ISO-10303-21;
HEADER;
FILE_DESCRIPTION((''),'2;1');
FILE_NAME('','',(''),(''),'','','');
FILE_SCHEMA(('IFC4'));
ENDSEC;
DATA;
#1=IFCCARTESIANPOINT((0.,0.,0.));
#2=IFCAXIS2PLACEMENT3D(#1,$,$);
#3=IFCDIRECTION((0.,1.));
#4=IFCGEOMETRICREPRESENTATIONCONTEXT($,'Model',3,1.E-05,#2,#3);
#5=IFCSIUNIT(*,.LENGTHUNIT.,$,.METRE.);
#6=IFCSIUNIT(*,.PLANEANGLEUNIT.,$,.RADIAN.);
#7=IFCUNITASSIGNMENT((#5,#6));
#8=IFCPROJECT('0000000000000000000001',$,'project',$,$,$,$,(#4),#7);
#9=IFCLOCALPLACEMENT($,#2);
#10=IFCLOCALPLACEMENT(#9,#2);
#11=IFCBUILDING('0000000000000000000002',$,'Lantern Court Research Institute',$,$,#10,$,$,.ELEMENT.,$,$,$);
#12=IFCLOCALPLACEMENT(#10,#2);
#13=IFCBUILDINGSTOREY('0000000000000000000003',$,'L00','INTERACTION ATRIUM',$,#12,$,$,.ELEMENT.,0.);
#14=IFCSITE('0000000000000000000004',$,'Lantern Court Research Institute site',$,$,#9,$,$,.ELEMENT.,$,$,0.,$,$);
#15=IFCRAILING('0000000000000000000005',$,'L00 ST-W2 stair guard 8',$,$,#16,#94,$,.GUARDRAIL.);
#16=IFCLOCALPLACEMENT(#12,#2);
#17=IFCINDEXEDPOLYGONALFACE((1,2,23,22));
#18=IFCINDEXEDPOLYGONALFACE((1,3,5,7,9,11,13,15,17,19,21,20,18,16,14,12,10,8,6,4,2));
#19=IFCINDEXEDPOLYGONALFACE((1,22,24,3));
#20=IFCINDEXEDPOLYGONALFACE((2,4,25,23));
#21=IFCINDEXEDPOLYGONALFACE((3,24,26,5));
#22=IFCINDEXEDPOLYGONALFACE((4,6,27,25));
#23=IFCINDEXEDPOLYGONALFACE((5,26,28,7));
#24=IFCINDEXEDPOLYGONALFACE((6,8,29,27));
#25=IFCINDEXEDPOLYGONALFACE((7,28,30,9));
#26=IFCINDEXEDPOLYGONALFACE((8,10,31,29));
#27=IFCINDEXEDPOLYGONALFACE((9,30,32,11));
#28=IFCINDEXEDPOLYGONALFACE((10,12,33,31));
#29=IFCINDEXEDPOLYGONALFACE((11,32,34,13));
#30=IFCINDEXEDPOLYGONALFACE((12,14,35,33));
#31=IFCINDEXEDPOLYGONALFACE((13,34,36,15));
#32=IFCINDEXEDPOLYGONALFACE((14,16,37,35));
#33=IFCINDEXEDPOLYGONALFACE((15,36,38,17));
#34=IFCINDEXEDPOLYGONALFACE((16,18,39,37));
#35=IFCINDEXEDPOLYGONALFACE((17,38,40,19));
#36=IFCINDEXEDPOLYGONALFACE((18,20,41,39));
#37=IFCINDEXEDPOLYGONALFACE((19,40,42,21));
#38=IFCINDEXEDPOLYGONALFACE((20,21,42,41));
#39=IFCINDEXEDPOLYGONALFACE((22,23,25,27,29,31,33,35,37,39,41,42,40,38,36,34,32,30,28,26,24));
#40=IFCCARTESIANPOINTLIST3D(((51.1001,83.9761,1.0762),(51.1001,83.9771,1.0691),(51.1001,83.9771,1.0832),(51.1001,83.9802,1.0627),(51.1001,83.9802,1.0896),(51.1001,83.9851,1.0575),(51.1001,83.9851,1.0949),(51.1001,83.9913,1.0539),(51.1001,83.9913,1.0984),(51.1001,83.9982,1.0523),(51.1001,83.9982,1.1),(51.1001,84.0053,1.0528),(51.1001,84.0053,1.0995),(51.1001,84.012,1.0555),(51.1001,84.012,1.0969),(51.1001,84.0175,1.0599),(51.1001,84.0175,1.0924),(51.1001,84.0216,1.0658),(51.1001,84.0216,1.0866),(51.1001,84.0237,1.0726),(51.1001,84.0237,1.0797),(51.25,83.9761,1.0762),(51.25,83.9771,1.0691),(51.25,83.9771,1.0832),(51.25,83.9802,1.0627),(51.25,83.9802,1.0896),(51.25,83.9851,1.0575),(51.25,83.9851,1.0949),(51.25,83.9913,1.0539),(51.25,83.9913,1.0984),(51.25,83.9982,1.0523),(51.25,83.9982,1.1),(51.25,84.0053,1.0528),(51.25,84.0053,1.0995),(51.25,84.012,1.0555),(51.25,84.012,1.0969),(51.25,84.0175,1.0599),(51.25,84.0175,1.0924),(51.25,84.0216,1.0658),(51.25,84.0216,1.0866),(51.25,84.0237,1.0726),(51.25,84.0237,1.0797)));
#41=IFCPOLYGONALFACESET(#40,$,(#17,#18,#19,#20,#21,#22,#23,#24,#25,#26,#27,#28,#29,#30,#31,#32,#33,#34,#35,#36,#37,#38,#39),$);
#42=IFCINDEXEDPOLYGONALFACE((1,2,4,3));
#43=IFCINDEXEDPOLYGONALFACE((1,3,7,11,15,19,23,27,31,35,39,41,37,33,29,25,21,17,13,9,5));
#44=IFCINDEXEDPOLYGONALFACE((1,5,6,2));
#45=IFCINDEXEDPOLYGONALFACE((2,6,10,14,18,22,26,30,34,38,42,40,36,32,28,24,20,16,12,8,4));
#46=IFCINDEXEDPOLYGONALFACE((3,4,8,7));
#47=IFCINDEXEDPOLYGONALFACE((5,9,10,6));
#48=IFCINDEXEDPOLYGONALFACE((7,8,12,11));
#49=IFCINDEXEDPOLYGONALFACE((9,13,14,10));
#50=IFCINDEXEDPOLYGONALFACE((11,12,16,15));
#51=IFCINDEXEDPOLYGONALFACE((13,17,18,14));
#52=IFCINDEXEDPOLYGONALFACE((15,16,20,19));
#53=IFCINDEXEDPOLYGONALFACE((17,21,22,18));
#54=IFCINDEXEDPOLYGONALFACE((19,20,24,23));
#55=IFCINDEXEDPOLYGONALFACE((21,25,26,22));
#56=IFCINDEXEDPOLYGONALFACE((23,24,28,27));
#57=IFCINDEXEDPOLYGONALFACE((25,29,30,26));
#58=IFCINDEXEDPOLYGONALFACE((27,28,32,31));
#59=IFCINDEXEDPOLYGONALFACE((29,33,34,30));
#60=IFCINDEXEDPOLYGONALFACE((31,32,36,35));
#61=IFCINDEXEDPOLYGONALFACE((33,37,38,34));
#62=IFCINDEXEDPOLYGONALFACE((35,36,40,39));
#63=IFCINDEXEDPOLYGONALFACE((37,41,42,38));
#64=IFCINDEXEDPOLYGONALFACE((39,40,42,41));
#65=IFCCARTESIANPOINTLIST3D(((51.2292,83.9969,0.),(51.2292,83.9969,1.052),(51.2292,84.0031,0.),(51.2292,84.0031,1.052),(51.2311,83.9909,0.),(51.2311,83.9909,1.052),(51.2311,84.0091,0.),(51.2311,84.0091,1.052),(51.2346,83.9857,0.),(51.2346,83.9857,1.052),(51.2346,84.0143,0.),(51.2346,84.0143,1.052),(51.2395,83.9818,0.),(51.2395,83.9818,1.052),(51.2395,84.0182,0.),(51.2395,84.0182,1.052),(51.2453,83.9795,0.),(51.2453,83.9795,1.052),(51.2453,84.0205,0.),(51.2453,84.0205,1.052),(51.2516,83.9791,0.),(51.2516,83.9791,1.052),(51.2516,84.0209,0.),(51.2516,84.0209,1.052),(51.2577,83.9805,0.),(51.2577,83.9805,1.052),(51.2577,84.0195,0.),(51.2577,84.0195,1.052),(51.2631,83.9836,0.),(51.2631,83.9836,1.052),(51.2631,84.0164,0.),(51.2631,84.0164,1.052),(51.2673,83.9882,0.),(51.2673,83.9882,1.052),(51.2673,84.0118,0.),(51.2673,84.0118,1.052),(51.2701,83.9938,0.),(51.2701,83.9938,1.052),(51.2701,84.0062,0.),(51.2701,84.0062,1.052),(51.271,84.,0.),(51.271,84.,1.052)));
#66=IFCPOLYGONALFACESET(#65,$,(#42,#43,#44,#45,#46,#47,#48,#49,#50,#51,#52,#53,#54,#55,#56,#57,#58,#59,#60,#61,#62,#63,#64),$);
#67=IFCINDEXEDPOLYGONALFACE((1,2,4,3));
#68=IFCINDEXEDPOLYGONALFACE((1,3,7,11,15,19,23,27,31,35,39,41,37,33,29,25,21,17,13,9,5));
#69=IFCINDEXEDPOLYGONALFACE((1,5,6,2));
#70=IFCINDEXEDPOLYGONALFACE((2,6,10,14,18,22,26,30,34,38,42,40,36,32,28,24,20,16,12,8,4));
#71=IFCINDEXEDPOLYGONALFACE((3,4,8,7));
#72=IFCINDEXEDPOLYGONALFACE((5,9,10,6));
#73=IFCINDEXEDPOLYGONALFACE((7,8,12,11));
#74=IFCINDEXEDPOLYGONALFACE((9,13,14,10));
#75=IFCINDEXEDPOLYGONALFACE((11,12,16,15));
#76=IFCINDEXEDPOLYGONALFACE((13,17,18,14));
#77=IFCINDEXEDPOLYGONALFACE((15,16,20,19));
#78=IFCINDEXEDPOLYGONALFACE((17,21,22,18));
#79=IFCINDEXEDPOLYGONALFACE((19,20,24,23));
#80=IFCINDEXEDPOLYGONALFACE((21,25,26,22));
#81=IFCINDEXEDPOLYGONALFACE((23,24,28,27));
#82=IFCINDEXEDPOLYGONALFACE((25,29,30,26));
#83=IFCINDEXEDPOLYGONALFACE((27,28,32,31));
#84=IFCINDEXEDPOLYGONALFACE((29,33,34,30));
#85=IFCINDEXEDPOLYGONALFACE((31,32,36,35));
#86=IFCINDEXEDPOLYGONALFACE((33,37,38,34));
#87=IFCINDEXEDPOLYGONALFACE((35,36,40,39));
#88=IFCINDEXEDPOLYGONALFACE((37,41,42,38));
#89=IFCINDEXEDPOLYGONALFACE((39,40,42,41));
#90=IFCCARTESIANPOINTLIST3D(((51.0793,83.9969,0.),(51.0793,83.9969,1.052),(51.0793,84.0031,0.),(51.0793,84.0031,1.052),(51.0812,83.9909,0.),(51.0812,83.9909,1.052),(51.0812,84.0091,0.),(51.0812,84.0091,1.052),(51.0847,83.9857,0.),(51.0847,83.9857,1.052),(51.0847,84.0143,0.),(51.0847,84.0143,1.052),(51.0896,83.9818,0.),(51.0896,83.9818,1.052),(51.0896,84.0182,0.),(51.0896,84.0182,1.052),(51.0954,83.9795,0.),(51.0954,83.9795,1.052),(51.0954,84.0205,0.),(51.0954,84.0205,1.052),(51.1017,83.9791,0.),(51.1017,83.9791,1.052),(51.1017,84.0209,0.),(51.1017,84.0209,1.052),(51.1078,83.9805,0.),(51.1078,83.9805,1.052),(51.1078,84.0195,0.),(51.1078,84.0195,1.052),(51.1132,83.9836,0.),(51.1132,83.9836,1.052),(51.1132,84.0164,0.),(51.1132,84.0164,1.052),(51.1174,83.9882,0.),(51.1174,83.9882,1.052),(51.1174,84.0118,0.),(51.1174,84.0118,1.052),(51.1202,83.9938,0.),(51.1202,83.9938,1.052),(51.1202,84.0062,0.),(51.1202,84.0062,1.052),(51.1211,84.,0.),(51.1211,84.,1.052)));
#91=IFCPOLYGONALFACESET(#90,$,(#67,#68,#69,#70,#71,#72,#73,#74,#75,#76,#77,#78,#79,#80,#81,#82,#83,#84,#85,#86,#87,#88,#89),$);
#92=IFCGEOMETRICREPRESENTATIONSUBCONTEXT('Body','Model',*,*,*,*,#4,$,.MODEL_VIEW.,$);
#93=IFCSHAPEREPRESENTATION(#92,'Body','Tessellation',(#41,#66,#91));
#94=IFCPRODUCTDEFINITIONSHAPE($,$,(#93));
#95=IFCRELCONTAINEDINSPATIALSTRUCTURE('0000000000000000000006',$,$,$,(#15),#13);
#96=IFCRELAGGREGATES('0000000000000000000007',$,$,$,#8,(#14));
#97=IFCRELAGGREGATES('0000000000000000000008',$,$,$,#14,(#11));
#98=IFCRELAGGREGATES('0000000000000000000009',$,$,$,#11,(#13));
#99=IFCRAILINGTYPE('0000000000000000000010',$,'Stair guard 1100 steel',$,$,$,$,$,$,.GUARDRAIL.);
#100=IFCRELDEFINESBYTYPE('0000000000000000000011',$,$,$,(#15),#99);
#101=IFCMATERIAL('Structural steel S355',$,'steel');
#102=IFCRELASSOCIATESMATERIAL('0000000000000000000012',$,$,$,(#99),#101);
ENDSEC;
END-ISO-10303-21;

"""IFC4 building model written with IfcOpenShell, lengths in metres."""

from ifc_helpers import new_model, si_unit, direction, frame, origin, origin_2d, place, context, subcontext, project, spatial, circle, extrude, material, type_object, element, save


model = new_model("IFC4")

# Units and contexts
model_context = context("Model", 3, precision=1e-05, world=origin(), true_north=direction((0.0, 1.0)))
body_context = subcontext(model_context, "Body", "Model", "MODEL_VIEW")
ifc_project = project(units=[si_unit("LENGTHUNIT", "METRE"), si_unit("PLANEANGLEUNIT", "RADIAN")], contexts=[model_context])

# Site, building, storey
site_placement = place(None, origin())
site = spatial("IfcSite", under=ifc_project, at=site_placement, Name="Lantern Court Research Institute site", CompositionType="ELEMENT", RefElevation=0.0)
building_placement = place(site_placement, origin())
building = spatial("IfcBuilding", under=site, at=building_placement, Name="Lantern Court Research Institute", CompositionType="ELEMENT")
storey_placement = place(building_placement, origin())
storey = spatial("IfcBuildingStorey", under=building, at=storey_placement, Name="L00", Description="INTERACTION ATRIUM", CompositionType="ELEMENT", Elevation=0.0)

# Railing
ifc_material_1 = material(Name="Structural steel S355", Category="steel")
railing_type_1 = type_object("IfcRailingType", Name="Stair guard 1100 steel", PredefinedType="GUARDRAIL", material=ifc_material_1)
railing_1_placement = place(storey_placement, frame((51.25, 84.0, 0.0)))
element("IfcRailing", 1, at=railing_1_placement, inside=storey, type_object=railing_type_1, Name="L00 ST-W2 stair guard 8", PredefinedType="GUARDRAIL", context=body_context, shape_type="SweptSolid", body=[
    extrude(circle(Radius=0.0239, at=origin_2d()), frame((0.0, 0.0, 1.0762), z_axis=(-1.0, 0.0, 0.0), x_axis=(0.0, -1.0, 0.0)), (0.0, 0.0, 1.0), 0.1499),
    extrude(circle(Radius=0.021, at=origin_2d()), origin(), (0.0, 0.0, 1.0), 1.052),
    extrude(circle(Radius=0.021, at=origin_2d()), frame((-0.1499, 0.0, 0.0)), (0.0, 0.0, 1.0), 1.052),
])

save(model, "model.ifc")
